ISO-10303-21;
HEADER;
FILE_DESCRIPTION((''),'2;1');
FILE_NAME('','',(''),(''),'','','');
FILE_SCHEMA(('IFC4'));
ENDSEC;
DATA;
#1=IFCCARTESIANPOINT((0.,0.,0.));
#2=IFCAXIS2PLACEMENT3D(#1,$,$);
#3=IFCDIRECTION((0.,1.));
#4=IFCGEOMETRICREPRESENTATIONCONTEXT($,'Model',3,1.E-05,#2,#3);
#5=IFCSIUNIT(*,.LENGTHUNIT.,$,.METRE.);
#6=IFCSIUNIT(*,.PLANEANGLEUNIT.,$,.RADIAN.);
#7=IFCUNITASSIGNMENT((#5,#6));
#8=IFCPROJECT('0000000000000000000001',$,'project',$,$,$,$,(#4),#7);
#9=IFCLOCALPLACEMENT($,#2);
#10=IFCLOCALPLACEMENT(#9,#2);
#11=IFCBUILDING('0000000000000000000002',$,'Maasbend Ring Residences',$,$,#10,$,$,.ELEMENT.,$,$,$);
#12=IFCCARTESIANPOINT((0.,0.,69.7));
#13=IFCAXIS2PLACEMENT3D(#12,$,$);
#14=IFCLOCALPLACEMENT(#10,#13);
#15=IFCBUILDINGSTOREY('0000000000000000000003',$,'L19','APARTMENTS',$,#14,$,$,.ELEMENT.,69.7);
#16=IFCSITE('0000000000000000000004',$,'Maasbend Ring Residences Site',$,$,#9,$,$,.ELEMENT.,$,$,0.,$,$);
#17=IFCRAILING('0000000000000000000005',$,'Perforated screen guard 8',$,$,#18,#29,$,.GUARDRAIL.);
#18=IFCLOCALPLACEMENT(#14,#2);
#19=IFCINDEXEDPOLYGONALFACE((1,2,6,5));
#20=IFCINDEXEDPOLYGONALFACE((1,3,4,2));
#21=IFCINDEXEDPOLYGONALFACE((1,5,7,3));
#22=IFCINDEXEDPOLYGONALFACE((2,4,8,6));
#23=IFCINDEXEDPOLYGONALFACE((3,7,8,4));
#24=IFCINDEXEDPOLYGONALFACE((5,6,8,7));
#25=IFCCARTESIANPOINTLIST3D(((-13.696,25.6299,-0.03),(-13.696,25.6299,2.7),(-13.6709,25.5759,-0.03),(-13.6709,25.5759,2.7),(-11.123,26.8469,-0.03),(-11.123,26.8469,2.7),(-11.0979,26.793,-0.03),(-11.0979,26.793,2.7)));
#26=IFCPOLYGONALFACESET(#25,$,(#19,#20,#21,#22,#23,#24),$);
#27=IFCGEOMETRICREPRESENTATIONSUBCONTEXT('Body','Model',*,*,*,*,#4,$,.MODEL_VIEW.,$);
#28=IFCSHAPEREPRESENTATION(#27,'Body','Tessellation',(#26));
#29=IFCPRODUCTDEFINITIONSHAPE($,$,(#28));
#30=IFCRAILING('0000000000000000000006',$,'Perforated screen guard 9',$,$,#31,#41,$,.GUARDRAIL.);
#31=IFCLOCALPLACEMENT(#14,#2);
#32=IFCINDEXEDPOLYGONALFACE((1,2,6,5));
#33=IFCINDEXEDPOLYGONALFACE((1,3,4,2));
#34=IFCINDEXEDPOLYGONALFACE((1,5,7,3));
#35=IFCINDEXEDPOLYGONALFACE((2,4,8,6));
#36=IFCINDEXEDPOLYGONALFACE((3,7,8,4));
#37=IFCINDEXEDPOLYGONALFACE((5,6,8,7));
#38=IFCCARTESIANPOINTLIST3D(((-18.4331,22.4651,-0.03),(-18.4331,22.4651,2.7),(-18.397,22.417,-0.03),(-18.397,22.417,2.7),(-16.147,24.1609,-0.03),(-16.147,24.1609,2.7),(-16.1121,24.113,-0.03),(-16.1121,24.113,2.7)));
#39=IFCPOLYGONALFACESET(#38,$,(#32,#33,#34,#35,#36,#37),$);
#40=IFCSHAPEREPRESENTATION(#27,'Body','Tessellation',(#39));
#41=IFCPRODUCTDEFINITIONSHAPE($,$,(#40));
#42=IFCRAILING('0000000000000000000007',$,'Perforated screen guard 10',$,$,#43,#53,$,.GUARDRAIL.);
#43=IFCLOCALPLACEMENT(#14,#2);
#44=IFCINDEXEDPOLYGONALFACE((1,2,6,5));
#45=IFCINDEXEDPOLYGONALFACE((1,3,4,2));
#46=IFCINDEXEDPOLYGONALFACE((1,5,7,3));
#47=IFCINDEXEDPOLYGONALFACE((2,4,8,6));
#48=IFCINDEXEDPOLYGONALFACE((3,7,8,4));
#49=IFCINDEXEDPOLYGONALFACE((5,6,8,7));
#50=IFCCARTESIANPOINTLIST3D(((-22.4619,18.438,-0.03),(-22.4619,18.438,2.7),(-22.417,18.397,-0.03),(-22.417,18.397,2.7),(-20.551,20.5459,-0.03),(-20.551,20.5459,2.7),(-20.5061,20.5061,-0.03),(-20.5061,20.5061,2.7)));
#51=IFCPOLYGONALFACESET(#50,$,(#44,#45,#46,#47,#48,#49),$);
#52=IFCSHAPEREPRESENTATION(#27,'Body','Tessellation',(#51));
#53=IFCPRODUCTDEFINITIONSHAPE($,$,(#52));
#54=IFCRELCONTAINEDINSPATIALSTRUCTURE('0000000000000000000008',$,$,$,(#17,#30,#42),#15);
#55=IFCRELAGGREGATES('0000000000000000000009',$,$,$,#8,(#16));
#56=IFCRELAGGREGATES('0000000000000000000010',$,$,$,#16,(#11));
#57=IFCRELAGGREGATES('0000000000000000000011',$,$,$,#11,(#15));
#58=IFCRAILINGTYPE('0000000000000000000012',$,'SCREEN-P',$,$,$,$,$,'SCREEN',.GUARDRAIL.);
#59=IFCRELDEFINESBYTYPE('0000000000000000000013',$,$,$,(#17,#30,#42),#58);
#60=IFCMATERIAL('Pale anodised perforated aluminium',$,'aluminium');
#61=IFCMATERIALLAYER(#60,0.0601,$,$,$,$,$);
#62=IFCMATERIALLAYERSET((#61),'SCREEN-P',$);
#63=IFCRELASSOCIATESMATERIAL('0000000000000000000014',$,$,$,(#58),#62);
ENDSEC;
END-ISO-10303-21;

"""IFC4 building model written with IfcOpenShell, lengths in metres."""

from ifc_helpers import new_model, si_unit, direction, frame, origin, place, context, subcontext, project, spatial, polyline, outline, extrude, material, layer, layer_set, type_object, element, save


model = new_model("IFC4")

# Units and contexts
model_context = context("Model", 3, precision=1e-05, world=origin(), true_north=direction((0.0, 1.0)))
body_context = subcontext(model_context, "Body", "Model", "MODEL_VIEW")
ifc_project = project(units=[si_unit("LENGTHUNIT", "METRE"), si_unit("PLANEANGLEUNIT", "RADIAN")], contexts=[model_context])

# Site, building, storey
site_placement = place(None, origin())
site = spatial("IfcSite", under=ifc_project, at=site_placement, Name="Maasbend Ring Residences Site", CompositionType="ELEMENT", RefElevation=0.0)
building_placement = place(site_placement, origin())
building = spatial("IfcBuilding", under=site, at=building_placement, Name="Maasbend Ring Residences", CompositionType="ELEMENT")
storey_placement = place(building_placement, frame((0.0, 0.0, 69.7)))
storey = spatial("IfcBuildingStorey", under=building, at=storey_placement, Name="L19", Description="APARTMENTS", CompositionType="ELEMENT", Elevation=69.7)

# Railings
ifc_material_1 = material(Name="Pale anodised perforated aluminium", Category="aluminium")
ifc_layer_1 = layer(ifc_material_1, 0.0601)
ifc_layer_set_1 = layer_set([ifc_layer_1], Name="SCREEN-P")
railing_type = type_object("IfcRailingType", Name="SCREEN-P", ElementType="SCREEN", PredefinedType="GUARDRAIL", material=ifc_layer_set_1)
railing_1_placement = place(storey_placement, frame((0.0, 0.0, -0.03)))
element("IfcRailing", 1, at=railing_1_placement, inside=storey, type_object=railing_type, Name="Perforated screen guard 8", PredefinedType="GUARDRAIL", context=body_context, shape_type="SweptSolid", body=[
    extrude(outline(polyline([(-11.0979, 26.793), (-13.6709, 25.5759), (-13.696, 25.6299), (-11.123, 26.8469), (-11.0979, 26.793)])), origin(), (0.0, 0.0, 1.0), 2.73),
])
railing_2_placement = place(storey_placement, frame((0.0, 0.0, -0.03)))
element("IfcRailing", 2, at=railing_2_placement, inside=storey, type_object=railing_type, Name="Perforated screen guard 9", PredefinedType="GUARDRAIL", context=body_context, shape_type="SweptSolid", body=[
    extrude(outline(polyline([(-16.1121, 24.113), (-18.397, 22.417), (-18.4331, 22.4651), (-16.147, 24.1609), (-16.1121, 24.113)])), origin(), (0.0, 0.0, 1.0), 2.73),
])
railing_3_placement = place(storey_placement, frame((0.0, 0.0, -0.03)))
element("IfcRailing", 3, at=railing_3_placement, inside=storey, type_object=railing_type, Name="Perforated screen guard 10", PredefinedType="GUARDRAIL", context=body_context, shape_type="SweptSolid", body=[
    extrude(outline(polyline([(-20.5061, 20.5061), (-22.417, 18.397), (-22.4619, 18.438), (-20.551, 20.5459), (-20.5061, 20.5061)])), origin(), (0.0, 0.0, 1.0), 2.73),
])

save(model, "model.ifc")
